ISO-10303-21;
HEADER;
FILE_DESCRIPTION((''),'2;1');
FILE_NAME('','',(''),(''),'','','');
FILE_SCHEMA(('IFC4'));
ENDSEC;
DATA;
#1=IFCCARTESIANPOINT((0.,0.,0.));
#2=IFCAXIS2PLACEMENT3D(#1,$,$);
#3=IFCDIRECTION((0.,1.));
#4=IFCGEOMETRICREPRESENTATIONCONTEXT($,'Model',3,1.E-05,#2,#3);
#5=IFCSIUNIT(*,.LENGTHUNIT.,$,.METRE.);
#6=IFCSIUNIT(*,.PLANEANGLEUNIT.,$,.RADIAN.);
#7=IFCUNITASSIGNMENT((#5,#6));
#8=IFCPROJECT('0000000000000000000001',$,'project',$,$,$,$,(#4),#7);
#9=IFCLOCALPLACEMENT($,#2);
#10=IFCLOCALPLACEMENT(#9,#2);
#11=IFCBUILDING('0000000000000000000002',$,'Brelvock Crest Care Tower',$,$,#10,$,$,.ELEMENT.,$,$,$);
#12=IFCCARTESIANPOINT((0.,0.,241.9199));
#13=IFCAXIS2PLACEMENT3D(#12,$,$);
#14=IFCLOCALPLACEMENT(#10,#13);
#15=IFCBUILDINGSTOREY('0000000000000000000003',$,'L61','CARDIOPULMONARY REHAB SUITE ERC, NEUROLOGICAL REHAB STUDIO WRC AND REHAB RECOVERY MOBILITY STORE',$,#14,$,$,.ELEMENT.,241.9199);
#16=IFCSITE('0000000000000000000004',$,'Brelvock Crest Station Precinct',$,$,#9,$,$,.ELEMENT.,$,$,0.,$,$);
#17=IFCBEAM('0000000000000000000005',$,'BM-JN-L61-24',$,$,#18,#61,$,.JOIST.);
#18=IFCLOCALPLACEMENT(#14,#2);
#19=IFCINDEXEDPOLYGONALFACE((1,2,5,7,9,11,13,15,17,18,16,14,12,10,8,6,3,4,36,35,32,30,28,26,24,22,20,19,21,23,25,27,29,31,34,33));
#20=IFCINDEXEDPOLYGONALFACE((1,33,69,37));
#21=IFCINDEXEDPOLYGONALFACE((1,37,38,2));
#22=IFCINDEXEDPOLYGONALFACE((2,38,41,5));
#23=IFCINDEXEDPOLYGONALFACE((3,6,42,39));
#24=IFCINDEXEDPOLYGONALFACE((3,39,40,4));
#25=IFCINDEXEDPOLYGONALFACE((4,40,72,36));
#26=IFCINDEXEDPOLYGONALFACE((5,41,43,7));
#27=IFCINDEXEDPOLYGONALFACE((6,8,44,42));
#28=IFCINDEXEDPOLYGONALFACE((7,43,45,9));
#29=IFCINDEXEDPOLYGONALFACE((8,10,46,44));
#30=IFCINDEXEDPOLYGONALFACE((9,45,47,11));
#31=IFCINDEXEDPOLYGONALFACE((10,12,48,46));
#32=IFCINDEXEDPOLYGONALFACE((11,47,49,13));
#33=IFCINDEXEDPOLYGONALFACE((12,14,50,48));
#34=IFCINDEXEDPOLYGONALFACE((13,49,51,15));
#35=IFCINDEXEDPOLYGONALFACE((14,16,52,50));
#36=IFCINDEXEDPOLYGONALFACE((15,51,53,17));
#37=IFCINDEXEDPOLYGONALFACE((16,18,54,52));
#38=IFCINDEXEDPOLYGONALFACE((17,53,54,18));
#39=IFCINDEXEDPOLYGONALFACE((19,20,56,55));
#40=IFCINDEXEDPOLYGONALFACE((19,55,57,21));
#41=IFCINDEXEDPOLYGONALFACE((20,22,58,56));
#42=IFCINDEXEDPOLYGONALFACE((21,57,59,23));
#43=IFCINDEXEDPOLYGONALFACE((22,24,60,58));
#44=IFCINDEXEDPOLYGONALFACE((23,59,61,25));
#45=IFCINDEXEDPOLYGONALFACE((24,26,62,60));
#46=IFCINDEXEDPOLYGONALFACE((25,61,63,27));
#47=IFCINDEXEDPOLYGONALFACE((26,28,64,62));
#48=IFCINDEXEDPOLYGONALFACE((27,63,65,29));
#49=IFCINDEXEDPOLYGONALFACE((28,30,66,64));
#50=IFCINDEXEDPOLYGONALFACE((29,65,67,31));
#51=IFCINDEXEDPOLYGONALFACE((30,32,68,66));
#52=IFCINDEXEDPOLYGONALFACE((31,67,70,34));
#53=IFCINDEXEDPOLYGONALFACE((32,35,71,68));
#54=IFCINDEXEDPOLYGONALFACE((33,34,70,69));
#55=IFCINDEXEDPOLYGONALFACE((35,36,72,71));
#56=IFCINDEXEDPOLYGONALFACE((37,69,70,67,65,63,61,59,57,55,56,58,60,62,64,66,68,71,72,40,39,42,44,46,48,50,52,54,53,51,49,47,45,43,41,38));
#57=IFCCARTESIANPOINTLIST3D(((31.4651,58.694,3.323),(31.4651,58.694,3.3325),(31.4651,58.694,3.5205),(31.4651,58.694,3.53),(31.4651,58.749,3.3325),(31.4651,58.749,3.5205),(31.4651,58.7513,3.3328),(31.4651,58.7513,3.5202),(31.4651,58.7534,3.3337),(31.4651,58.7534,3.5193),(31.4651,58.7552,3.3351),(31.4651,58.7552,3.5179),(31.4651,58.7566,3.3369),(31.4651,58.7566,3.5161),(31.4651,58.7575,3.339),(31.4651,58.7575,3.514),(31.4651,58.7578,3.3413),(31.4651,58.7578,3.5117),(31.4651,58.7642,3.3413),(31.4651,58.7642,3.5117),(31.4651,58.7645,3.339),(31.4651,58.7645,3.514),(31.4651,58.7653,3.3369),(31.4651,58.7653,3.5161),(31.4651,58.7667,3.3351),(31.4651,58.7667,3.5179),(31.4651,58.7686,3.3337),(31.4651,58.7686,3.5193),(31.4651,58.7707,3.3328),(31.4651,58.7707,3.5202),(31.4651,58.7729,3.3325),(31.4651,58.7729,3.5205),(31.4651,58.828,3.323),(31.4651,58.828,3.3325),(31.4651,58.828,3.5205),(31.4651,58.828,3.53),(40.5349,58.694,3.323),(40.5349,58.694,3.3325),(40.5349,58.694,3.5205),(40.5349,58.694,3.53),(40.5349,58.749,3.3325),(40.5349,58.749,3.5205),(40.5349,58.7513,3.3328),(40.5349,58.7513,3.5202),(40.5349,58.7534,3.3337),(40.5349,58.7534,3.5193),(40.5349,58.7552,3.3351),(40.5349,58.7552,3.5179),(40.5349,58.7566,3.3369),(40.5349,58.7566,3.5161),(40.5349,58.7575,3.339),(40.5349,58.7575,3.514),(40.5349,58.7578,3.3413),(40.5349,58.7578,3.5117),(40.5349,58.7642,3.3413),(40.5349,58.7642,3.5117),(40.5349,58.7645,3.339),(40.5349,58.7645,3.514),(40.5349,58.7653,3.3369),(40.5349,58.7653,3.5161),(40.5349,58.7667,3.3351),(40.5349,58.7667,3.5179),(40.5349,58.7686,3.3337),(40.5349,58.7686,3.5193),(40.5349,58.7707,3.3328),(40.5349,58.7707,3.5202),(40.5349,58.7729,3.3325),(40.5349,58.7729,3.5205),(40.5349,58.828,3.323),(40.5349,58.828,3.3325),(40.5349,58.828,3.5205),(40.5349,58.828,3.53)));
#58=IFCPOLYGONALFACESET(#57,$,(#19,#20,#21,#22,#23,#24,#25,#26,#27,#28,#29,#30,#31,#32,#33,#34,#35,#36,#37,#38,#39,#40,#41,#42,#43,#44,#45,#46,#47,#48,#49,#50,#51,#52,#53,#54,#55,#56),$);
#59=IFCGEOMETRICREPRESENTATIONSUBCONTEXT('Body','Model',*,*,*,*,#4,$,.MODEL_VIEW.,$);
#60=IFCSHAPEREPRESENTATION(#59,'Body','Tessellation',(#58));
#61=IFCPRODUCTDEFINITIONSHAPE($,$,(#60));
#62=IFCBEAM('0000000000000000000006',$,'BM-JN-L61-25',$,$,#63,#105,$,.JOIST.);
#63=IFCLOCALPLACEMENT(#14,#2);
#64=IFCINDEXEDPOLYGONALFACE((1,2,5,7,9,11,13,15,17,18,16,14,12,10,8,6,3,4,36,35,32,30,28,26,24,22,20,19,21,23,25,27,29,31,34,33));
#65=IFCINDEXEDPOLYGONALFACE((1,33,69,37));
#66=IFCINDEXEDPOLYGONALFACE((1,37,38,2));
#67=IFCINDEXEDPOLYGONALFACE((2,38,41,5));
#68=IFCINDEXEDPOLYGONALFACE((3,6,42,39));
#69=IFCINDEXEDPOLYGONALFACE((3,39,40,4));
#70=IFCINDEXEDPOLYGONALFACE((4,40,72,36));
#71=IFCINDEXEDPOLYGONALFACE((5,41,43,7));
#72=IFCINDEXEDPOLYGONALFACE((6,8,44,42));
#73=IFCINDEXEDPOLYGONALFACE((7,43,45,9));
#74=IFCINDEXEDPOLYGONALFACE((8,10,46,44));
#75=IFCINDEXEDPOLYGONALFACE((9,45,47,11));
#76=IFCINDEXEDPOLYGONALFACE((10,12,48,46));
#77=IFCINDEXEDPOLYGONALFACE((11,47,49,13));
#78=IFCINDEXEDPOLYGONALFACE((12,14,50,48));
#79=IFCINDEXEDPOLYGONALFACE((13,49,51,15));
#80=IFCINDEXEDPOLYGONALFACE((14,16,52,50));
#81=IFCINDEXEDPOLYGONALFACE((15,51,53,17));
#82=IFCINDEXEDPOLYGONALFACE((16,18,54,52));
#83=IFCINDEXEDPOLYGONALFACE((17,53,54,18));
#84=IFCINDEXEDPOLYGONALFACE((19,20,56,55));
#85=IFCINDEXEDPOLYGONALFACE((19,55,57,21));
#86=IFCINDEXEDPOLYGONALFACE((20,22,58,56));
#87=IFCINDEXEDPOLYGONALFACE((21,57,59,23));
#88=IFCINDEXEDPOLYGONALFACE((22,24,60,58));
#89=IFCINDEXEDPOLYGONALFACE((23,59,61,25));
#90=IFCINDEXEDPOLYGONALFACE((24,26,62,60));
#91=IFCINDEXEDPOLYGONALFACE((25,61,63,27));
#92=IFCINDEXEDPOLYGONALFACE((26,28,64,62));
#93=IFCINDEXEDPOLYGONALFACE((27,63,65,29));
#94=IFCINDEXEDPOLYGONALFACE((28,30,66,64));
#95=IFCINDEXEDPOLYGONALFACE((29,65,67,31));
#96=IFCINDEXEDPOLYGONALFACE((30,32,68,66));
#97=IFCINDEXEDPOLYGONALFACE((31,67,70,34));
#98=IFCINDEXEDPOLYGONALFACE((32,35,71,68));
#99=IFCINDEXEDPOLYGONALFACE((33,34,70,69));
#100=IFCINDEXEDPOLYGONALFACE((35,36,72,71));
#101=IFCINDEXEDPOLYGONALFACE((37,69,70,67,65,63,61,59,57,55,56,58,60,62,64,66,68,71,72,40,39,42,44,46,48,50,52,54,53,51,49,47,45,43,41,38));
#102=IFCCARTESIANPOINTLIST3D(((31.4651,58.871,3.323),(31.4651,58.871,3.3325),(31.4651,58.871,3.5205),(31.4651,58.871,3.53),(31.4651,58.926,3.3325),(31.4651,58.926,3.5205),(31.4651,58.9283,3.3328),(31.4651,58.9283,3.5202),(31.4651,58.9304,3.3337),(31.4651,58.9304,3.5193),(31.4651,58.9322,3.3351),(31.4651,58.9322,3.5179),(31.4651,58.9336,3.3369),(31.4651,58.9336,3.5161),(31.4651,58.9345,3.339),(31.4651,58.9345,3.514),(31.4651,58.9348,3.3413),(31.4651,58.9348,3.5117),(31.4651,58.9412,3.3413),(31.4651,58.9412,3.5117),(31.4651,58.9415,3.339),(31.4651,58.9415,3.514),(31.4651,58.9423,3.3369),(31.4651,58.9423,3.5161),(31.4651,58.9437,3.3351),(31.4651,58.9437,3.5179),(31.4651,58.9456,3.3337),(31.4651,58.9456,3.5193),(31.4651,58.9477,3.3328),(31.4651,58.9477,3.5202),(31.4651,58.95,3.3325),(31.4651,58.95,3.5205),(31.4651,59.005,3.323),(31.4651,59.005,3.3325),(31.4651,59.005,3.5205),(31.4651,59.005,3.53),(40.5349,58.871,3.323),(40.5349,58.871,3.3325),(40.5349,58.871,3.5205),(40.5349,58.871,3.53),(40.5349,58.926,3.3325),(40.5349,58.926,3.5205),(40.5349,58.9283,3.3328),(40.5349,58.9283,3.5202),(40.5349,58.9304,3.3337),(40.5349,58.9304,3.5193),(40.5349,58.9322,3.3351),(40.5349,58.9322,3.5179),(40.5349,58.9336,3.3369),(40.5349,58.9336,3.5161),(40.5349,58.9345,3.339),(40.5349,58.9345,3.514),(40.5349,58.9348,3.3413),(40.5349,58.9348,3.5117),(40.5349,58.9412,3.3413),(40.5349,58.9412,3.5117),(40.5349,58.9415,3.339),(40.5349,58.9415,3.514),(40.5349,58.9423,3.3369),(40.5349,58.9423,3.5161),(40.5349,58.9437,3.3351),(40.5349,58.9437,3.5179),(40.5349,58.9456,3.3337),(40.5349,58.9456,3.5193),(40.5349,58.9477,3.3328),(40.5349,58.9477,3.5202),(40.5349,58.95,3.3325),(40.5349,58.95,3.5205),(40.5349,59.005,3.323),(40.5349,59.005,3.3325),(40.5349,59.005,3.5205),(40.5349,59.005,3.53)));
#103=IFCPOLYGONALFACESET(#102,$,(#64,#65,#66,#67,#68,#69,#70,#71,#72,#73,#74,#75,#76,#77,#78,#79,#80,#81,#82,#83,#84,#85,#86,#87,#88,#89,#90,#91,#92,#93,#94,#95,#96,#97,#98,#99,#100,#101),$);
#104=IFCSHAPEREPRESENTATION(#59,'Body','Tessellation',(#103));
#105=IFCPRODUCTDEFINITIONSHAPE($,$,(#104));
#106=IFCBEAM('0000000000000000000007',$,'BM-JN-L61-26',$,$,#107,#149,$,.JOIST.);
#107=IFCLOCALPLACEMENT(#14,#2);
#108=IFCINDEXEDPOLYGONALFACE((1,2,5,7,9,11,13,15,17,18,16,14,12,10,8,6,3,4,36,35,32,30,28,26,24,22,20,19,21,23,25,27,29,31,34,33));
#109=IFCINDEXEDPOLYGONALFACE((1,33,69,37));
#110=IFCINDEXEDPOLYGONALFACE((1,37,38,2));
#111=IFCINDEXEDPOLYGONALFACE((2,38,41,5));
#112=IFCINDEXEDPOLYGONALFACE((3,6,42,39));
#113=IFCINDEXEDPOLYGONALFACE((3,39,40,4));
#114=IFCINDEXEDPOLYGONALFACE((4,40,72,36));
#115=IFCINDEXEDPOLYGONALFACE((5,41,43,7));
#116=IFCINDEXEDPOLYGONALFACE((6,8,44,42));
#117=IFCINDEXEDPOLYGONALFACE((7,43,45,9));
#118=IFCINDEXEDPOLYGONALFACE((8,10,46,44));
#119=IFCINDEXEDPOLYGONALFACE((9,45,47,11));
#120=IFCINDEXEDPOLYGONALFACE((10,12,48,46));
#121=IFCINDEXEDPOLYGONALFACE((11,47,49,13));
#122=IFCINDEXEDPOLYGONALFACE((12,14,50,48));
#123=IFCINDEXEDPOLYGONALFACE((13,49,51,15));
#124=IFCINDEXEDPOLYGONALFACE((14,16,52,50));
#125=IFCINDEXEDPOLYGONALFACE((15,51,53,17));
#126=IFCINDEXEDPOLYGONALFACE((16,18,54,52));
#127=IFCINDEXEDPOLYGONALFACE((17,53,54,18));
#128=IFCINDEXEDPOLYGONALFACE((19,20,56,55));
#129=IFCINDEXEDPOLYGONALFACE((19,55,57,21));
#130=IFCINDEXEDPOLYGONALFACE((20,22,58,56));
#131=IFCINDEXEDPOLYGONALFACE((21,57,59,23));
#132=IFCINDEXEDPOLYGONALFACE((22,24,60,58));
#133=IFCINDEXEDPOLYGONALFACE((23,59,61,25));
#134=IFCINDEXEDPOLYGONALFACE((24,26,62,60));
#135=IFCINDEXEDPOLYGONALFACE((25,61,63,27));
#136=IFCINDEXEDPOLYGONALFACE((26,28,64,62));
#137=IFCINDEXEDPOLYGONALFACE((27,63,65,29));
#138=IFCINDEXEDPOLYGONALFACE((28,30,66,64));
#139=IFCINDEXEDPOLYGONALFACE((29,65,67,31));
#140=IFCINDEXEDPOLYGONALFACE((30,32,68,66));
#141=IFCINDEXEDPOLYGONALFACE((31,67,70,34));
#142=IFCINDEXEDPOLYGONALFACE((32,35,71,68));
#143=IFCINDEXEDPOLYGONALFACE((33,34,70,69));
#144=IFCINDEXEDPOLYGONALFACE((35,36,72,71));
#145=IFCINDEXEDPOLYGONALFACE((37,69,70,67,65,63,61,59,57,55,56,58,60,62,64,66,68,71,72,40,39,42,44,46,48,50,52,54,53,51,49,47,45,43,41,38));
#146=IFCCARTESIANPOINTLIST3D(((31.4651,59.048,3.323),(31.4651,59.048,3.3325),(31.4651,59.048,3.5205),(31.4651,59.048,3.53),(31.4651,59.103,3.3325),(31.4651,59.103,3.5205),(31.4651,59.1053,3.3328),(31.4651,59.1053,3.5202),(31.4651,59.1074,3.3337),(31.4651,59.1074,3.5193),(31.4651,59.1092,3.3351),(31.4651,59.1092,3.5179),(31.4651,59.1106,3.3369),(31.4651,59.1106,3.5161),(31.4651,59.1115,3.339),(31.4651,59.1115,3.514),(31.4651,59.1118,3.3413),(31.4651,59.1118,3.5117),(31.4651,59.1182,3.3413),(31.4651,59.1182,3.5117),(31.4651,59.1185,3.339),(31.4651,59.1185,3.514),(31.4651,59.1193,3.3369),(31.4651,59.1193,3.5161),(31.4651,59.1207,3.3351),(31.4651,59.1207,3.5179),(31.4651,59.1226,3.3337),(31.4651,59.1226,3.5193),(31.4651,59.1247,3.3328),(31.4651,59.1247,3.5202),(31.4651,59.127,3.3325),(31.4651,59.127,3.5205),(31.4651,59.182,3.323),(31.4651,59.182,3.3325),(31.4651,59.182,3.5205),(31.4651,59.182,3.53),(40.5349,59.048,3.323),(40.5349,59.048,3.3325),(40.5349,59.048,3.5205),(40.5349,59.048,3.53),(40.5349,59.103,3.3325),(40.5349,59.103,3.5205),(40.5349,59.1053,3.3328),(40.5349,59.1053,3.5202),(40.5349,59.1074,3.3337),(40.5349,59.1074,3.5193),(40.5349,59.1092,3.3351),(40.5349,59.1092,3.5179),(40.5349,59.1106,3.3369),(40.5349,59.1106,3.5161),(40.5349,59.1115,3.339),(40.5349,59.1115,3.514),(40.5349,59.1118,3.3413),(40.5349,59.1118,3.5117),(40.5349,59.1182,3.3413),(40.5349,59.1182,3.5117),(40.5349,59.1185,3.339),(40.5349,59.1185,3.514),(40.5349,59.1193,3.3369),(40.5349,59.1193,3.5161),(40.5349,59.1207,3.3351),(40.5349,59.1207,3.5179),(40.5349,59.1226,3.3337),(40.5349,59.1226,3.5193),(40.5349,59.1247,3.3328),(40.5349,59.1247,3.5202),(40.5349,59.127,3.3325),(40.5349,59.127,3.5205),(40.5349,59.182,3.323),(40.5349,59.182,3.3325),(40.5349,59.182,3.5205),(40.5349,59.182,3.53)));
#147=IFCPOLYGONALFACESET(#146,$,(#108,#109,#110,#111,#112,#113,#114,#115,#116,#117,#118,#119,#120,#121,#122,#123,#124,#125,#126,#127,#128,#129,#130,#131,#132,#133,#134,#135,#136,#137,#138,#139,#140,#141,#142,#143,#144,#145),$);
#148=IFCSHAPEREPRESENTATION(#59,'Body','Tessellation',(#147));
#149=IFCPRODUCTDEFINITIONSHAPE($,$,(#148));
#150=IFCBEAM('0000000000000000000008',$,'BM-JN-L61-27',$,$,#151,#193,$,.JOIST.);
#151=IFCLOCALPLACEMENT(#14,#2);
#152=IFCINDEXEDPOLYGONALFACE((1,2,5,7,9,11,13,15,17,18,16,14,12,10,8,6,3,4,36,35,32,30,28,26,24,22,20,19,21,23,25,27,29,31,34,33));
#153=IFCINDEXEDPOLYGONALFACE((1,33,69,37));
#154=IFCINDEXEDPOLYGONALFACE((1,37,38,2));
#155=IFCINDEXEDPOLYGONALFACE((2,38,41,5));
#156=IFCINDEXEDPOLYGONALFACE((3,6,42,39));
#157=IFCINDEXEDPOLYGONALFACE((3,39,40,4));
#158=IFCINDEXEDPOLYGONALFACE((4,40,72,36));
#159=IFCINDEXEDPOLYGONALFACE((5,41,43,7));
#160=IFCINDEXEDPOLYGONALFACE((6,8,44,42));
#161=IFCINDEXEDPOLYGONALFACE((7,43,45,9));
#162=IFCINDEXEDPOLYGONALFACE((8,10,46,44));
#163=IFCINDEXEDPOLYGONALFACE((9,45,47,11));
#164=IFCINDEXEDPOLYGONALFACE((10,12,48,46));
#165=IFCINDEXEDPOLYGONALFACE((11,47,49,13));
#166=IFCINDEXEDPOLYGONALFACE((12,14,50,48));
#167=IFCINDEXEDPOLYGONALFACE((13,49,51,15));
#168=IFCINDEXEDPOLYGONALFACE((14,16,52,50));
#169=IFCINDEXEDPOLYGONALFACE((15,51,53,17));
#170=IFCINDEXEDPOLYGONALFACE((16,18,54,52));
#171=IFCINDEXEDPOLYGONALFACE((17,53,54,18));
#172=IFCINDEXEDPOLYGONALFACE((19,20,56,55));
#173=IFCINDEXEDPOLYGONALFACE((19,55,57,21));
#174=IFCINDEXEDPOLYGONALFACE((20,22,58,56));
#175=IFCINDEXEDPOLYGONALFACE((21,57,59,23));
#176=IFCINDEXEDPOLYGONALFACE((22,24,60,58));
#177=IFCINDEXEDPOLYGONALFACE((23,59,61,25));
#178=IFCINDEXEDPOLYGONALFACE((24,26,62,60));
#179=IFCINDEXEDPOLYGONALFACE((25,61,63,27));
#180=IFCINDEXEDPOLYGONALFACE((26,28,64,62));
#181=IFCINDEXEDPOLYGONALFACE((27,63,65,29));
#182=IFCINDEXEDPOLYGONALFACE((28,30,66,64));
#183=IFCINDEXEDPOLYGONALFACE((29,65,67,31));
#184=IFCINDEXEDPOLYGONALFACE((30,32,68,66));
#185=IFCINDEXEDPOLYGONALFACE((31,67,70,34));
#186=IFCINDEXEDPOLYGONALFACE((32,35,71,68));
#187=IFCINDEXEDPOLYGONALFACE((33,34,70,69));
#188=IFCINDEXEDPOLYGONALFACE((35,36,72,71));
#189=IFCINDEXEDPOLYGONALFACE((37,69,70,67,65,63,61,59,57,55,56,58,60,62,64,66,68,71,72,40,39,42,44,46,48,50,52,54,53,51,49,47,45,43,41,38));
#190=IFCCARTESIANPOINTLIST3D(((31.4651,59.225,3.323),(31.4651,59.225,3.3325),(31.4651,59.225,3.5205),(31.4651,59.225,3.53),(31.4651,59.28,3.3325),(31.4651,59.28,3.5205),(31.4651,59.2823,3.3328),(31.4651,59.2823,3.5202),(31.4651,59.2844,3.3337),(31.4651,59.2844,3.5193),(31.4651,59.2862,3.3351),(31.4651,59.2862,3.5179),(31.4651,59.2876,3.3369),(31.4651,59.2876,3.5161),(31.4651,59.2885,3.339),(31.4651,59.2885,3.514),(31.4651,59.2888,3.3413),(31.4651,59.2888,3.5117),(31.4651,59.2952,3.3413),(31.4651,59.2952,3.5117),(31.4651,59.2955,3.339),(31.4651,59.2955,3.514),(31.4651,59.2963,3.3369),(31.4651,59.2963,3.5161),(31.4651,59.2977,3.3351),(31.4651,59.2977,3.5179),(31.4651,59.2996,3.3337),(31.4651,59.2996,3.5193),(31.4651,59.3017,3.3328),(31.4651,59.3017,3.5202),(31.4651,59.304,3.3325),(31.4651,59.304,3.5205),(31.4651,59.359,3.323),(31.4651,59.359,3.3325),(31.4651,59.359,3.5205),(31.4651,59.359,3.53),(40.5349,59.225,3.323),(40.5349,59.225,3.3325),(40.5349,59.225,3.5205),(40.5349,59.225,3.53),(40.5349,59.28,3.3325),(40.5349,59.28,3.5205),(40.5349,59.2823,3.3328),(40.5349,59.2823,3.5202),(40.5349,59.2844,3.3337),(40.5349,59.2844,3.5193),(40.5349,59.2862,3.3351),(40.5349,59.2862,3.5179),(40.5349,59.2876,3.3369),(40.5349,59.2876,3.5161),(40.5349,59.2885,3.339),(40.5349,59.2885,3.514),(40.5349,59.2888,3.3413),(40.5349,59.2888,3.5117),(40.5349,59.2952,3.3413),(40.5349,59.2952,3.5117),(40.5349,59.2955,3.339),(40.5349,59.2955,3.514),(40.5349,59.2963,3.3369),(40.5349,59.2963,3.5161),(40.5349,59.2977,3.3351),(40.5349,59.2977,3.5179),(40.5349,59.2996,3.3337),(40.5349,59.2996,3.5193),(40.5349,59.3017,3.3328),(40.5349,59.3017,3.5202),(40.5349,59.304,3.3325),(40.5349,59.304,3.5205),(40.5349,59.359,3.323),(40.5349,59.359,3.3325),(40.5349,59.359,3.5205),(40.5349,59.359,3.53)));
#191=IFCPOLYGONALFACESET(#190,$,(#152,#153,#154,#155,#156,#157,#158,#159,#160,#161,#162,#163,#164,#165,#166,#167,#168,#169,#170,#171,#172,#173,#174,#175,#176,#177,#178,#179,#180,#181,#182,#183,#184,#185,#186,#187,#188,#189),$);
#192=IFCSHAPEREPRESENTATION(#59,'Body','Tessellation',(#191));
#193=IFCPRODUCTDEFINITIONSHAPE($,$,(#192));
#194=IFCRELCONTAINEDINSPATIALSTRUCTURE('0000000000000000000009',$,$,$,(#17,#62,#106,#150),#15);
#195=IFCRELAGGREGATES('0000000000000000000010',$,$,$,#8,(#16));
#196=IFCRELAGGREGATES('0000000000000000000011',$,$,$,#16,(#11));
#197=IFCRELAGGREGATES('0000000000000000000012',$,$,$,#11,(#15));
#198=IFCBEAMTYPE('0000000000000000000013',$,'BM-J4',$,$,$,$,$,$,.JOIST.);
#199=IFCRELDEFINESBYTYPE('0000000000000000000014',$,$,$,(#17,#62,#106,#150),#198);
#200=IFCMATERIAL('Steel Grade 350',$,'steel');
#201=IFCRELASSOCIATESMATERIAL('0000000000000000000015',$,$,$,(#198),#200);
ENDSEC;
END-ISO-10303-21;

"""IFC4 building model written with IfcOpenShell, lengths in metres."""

from ifc_helpers import new_model, si_unit, direction, frame, origin, origin_2d, place, context, subcontext, project, spatial, i_section, extrude, source, transform, mapped, material, material_profile, profile_set, type_object, element, save


model = new_model("IFC4")

# Units and contexts
model_context = context("Model", 3, precision=1e-05, world=origin(), true_north=direction((0.0, 1.0)))
body_context = subcontext(model_context, "Body", "Model", "MODEL_VIEW")
ifc_project = project(units=[si_unit("LENGTHUNIT", "METRE"), si_unit("PLANEANGLEUNIT", "RADIAN")], contexts=[model_context])

# Site, building, storey
site_placement = place(None, origin())
site = spatial("IfcSite", under=ifc_project, at=site_placement, Name="Brelvock Crest Station Precinct", CompositionType="ELEMENT", RefElevation=0.0)
building_placement = place(site_placement, origin())
building = spatial("IfcBuilding", under=site, at=building_placement, Name="Brelvock Crest Care Tower", CompositionType="ELEMENT")
storey_placement = place(building_placement, frame((0.0, 0.0, 241.9199)))
storey = spatial("IfcBuildingStorey", under=building, at=storey_placement, Name="L61", Description="CARDIOPULMONARY REHAB SUITE ERC, NEUROLOGICAL REHAB STUDIO WRC AND REHAB RECOVERY MOBILITY STORE", CompositionType="ELEMENT", Elevation=241.9199)

# Shared definitions
ifc_material_1 = material(Name="Steel Grade 350", Category="steel")

# Beams
ifc_material_profile_1 = material_profile(ifc_material_1, i_section(OverallWidth=0.134, OverallDepth=0.207, WebThickness=0.0063, FlangeThickness=0.0095, FilletRadius=0.0088, at=origin_2d()), Name="200UB29.8")
ifc_profile_set_1 = profile_set([ifc_material_profile_1], Name="Steel Grade 350")
beam_type_1 = type_object("IfcBeamType", Name="BM-J4", PredefinedType="JOIST", material=ifc_profile_set_1)
shared_shape_1 = source(origin(), body_context, "Body", "SweptSolid", [
    extrude(i_section(OverallWidth=0.134, OverallDepth=0.207, WebThickness=0.0063, FlangeThickness=0.0095, FilletRadius=0.0088, at=origin_2d()), origin(), (0.0, 0.0, 1.0), 9.0698),
])
for number, where, z_axis, x_axis, name in (
    (1, (31.4651, 58.761, 3.4265), (1.0, 0.0, 0.0), (0.0, 1.0, 0.0), "BM-JN-L61-24"),
    (2, (31.4651, 58.938, 3.4265), (1.0, 0.0, 0.0), (0.0, 1.0, 0.0), "BM-JN-L61-25"),
    (3, (31.4651, 59.115, 3.4265), (1.0, 0.0, 0.0), (0.0, 1.0, 0.0), "BM-JN-L61-26"),
    (4, (31.4651, 59.292, 3.4265), (1.0, 0.0, 0.0), (0.0, 1.0, 0.0), "BM-JN-L61-27"),
):
    element("IfcBeam", number, at=place(storey_placement, frame(where, z_axis=z_axis, x_axis=x_axis)), inside=storey, type_object=beam_type_1, Name=name, PredefinedType="JOIST", context=body_context, shape_type="MappedRepresentation", body=[
        mapped(shared_shape_1, transform((0.0, 0.0, 0.0), x_axis=(1.0, 0.0, 0.0), y_axis=(0.0, 1.0, 0.0), z_axis=(0.0, 0.0, 1.0), scale=1.0)),
    ])

save(model, "model.ifc")
